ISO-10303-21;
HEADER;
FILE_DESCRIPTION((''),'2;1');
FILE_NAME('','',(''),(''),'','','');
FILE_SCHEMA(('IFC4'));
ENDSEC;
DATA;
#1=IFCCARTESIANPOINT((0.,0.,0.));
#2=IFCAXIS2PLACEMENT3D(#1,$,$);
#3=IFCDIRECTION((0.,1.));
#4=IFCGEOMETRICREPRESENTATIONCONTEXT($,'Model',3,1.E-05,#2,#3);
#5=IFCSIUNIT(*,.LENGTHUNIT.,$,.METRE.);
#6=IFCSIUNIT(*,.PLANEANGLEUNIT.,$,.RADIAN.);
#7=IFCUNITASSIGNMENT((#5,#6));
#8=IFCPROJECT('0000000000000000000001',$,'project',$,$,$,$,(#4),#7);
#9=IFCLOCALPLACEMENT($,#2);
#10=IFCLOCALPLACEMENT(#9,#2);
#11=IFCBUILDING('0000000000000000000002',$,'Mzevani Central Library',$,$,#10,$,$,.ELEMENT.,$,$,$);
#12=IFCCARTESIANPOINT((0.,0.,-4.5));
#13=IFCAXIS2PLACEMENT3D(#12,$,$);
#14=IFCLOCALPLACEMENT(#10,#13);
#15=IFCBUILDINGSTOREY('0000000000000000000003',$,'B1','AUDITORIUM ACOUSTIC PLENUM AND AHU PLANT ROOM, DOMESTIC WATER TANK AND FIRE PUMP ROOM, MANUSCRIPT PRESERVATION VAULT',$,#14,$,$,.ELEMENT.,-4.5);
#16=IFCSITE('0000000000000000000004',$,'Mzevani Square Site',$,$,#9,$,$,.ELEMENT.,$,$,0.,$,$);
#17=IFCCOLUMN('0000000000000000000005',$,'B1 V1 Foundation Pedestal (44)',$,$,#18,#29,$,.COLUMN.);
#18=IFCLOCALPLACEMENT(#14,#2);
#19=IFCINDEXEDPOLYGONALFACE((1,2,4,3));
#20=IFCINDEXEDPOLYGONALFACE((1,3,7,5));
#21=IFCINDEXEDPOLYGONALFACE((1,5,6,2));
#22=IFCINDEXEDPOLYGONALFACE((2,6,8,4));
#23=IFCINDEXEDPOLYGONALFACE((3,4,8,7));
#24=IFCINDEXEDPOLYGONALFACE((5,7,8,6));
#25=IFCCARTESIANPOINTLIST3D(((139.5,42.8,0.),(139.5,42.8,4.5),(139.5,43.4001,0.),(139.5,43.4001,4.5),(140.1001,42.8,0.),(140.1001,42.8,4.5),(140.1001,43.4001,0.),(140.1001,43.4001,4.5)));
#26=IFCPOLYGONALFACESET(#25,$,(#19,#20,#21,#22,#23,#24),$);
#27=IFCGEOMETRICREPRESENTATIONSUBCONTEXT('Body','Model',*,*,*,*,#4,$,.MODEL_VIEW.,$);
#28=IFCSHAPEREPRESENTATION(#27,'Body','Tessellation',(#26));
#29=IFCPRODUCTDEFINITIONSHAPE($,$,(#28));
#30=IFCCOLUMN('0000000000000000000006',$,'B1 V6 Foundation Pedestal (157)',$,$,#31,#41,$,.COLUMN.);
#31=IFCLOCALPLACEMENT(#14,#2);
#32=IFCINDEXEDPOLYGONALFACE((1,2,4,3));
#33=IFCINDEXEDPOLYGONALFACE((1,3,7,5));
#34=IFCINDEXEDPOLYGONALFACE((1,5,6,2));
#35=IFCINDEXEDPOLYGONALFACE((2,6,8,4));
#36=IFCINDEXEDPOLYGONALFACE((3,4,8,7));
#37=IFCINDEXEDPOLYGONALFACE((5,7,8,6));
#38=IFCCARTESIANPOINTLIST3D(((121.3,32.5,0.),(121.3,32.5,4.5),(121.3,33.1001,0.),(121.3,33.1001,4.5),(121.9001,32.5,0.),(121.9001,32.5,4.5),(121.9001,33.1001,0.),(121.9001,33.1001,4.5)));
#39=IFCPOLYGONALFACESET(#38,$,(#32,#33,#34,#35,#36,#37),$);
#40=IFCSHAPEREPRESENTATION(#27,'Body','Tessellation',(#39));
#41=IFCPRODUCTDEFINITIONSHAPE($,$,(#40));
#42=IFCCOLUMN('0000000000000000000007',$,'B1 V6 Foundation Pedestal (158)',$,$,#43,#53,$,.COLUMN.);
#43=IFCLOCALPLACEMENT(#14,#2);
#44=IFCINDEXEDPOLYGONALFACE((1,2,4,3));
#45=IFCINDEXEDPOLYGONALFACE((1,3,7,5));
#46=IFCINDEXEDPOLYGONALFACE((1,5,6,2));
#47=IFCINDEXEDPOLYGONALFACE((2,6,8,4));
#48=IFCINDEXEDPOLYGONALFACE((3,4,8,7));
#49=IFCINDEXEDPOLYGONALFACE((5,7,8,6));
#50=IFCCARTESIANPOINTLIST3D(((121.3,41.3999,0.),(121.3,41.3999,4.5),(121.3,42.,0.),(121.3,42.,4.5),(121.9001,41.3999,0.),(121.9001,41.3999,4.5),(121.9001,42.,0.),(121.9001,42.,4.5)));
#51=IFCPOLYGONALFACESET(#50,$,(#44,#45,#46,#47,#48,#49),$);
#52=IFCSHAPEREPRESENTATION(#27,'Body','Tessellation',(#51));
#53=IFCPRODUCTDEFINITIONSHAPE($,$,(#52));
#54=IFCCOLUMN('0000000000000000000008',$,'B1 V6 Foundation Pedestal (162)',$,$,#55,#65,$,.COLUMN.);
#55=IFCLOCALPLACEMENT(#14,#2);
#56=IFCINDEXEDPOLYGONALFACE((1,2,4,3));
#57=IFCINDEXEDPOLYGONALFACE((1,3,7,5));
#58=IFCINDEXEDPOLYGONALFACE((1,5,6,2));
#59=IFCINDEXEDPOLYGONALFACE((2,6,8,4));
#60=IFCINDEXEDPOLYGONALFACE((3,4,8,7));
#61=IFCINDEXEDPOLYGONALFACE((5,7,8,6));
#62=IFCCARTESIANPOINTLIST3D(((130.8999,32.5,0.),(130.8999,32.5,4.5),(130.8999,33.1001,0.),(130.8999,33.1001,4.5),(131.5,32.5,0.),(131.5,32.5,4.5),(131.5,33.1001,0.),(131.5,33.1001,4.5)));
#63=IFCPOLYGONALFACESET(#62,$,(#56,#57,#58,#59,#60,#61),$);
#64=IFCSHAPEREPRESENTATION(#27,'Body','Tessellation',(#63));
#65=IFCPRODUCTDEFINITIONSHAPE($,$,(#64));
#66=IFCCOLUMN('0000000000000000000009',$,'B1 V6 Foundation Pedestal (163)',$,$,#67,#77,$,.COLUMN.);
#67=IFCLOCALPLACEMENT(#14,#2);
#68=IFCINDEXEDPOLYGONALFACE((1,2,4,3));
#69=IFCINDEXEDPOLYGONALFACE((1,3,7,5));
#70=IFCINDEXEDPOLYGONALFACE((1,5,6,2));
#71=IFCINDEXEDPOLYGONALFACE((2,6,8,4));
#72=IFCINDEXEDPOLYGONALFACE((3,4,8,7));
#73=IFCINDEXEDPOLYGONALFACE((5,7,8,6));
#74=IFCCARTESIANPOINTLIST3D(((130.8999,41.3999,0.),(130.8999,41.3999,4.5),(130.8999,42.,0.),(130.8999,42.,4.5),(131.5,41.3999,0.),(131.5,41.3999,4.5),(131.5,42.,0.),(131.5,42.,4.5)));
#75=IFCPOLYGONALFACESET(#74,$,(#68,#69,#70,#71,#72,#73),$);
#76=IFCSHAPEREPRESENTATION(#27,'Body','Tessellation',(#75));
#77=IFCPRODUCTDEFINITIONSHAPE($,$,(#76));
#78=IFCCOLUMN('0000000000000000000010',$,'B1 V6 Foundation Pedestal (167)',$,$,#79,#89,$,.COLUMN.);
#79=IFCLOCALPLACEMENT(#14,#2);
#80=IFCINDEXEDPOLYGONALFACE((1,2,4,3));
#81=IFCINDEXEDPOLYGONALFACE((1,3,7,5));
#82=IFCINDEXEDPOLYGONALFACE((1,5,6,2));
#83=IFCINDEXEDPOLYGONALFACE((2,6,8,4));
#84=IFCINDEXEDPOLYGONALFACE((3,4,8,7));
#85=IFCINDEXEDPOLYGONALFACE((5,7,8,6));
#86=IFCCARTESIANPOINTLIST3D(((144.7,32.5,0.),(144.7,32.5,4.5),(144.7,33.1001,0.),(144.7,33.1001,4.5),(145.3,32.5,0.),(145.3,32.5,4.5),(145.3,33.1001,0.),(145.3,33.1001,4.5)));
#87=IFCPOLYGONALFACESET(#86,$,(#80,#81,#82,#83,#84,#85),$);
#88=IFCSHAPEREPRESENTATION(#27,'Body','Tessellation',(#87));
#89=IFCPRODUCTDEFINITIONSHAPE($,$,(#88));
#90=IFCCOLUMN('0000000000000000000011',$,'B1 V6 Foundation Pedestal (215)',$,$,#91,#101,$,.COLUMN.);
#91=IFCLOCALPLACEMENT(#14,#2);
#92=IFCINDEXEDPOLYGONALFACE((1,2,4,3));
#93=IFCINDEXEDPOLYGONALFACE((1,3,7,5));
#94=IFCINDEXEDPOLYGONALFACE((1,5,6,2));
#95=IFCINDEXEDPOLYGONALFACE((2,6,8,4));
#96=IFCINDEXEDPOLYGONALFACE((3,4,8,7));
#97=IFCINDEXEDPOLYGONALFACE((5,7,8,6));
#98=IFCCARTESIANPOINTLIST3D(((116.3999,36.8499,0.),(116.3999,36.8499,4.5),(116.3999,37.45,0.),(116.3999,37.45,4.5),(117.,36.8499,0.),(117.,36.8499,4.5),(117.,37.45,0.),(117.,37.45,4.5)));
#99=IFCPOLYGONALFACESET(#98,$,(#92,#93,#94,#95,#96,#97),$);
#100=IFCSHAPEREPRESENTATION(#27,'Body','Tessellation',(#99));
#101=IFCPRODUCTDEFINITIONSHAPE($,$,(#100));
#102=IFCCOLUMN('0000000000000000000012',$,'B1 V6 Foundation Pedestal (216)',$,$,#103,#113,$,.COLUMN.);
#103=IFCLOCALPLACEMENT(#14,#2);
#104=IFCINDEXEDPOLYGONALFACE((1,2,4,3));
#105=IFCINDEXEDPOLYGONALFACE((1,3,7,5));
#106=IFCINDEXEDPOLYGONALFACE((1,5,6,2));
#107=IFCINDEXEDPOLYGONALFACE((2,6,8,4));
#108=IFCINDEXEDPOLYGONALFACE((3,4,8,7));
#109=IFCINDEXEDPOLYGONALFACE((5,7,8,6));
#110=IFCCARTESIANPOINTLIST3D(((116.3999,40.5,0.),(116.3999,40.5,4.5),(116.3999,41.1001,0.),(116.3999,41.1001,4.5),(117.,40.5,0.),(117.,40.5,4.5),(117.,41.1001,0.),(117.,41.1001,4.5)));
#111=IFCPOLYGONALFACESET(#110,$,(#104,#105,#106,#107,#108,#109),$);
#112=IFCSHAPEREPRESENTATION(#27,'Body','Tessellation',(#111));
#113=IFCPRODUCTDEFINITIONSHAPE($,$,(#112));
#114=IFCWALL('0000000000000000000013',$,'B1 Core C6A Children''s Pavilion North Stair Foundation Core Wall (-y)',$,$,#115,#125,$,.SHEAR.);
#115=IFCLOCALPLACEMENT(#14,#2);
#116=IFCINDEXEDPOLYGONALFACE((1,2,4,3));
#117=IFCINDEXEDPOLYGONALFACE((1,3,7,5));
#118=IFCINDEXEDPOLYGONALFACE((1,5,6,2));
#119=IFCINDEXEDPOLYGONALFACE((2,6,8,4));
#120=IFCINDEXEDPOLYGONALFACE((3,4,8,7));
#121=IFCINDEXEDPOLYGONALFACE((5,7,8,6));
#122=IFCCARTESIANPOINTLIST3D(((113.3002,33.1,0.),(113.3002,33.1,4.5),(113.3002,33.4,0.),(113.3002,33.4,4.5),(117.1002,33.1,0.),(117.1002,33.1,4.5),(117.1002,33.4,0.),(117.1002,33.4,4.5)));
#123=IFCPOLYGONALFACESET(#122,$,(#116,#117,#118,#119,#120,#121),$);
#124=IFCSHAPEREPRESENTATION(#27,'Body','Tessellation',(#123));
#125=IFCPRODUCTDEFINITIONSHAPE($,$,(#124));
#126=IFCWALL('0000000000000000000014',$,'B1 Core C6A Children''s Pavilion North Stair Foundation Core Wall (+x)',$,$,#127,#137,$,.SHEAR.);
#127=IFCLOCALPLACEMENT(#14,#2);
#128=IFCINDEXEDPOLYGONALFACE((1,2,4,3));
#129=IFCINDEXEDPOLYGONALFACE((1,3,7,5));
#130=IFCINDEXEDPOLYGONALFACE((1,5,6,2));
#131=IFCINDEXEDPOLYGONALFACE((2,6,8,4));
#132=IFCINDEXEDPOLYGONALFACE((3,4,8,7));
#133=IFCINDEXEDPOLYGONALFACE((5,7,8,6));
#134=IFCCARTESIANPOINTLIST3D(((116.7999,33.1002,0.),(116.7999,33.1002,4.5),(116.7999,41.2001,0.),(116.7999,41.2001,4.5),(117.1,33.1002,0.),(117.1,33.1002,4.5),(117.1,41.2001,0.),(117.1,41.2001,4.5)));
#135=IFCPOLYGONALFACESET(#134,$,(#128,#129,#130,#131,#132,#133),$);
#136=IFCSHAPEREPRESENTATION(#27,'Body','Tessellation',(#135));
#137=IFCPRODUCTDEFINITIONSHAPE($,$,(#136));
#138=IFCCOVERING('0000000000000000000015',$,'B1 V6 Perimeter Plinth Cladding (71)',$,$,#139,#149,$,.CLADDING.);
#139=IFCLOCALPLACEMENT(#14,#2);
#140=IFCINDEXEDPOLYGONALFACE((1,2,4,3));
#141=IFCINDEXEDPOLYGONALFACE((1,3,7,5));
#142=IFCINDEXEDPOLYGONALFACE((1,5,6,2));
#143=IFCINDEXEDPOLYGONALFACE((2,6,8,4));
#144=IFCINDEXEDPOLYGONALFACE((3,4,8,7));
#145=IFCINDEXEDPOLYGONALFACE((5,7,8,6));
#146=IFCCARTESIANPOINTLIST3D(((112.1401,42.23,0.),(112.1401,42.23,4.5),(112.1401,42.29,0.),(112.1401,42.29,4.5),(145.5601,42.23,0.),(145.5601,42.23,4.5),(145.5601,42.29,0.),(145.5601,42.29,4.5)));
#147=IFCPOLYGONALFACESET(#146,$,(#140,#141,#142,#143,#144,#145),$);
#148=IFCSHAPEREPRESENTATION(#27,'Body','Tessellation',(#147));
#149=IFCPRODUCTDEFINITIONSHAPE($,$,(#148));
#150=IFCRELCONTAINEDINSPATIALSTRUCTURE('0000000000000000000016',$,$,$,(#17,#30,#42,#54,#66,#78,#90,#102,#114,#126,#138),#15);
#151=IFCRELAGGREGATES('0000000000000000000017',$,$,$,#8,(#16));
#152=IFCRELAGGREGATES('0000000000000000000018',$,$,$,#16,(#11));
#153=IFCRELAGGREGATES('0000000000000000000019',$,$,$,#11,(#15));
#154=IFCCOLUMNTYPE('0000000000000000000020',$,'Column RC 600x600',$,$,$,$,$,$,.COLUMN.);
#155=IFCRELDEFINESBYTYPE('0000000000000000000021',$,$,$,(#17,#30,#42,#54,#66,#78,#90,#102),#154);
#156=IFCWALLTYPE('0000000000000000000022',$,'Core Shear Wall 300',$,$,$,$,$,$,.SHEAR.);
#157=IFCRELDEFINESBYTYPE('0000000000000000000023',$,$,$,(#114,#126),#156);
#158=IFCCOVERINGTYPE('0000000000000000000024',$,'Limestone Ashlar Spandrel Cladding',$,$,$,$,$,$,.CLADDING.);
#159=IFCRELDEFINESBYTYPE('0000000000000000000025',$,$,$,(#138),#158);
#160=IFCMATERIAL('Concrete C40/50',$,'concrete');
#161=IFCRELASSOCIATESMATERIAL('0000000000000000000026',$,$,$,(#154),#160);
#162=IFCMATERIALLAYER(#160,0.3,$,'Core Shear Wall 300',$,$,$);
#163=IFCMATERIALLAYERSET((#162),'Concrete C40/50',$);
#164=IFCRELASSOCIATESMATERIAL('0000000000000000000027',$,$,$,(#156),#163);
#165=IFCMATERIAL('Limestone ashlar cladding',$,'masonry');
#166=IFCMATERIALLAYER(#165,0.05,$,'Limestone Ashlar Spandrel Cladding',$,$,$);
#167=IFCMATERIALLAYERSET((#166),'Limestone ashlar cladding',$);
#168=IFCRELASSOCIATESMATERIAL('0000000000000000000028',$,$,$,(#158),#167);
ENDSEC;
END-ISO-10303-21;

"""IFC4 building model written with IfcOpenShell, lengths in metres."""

from ifc_helpers import new_model, si_unit, direction, frame, frame_2d, origin, origin_2d, place, context, subcontext, project, spatial, rectangle, extrude, material, layer, layer_set, material_profile, profile_set, type_object, element, save


model = new_model("IFC4")

# Units and contexts
model_context = context("Model", 3, precision=1e-05, world=origin(), true_north=direction((0.0, 1.0)))
body_context = subcontext(model_context, "Body", "Model", "MODEL_VIEW")
ifc_project = project(units=[si_unit("LENGTHUNIT", "METRE"), si_unit("PLANEANGLEUNIT", "RADIAN")], contexts=[model_context])

# Site, building, storey
site_placement = place(None, origin())
site = spatial("IfcSite", under=ifc_project, at=site_placement, Name="Mzevani Square Site", CompositionType="ELEMENT", RefElevation=0.0)
building_placement = place(site_placement, origin())
building = spatial("IfcBuilding", under=site, at=building_placement, Name="Mzevani Central Library", CompositionType="ELEMENT")
storey_placement = place(building_placement, frame((0.0, 0.0, -4.5)))
storey = spatial("IfcBuildingStorey", under=building, at=storey_placement, Name="B1", Description="AUDITORIUM ACOUSTIC PLENUM AND AHU PLANT ROOM, DOMESTIC WATER TANK AND FIRE PUMP ROOM, MANUSCRIPT PRESERVATION VAULT", CompositionType="ELEMENT", Elevation=-4.5)

# Shared definitions
ifc_material_1 = material(Name="Concrete C40/50", Category="concrete")

# Columns
ifc_material_profile_1 = material_profile(ifc_material_1, rectangle(XDim=0.6001, YDim=0.6001, at=origin_2d()), Name="RC 600x600")
ifc_profile_set_1 = profile_set([ifc_material_profile_1], Name="Concrete C40/50")
column_type_1 = type_object("IfcColumnType", Name="Column RC 600x600", PredefinedType="COLUMN", material=ifc_profile_set_1)
for number, where, z_axis, x_axis, name in (
    (1, (139.8, 43.1001, 0.0), (0.0, 0.0, 1.0), (1.0, 0.0, 0.0), "B1 V1 Foundation Pedestal (44)"),
    (2, (121.6001, 32.8, 0.0), (0.0, 0.0, 1.0), (1.0, 0.0, 0.0), "B1 V6 Foundation Pedestal (157)"),
    (3, (121.6001, 41.7, 0.0), (0.0, 0.0, 1.0), (1.0, 0.0, 0.0), "B1 V6 Foundation Pedestal (158)"),
    (4, (131.2, 32.8, 0.0), (0.0, 0.0, 1.0), (1.0, 0.0, 0.0), "B1 V6 Foundation Pedestal (162)"),
    (5, (131.2, 41.7, 0.0), (0.0, 0.0, 1.0), (1.0, 0.0, 0.0), "B1 V6 Foundation Pedestal (163)"),
    (6, (145.0, 32.8, 0.0), (0.0, 0.0, 1.0), (1.0, 0.0, 0.0), "B1 V6 Foundation Pedestal (167)"),
    (7, (116.7, 37.1499, 0.0), (0.0, 0.0, 1.0), (1.0, 0.0, 0.0), "B1 V6 Foundation Pedestal (215)"),
    (8, (116.7, 40.8, 0.0), (0.0, 0.0, 1.0), (1.0, 0.0, 0.0), "B1 V6 Foundation Pedestal (216)"),
):
    element("IfcColumn", number, at=place(storey_placement, frame(where, z_axis=z_axis, x_axis=x_axis)), inside=storey, type_object=column_type_1, Name=name, PredefinedType="COLUMN", context=body_context, shape_type="SweptSolid", body=[
        extrude(rectangle(XDim=0.6001, YDim=0.6001, at=origin_2d()), origin(), (0.0, 0.0, 1.0), 4.5),
    ])

# Walls
ifc_layer_1 = layer(ifc_material_1, 0.3, Name="Core Shear Wall 300")
ifc_layer_set_1 = layer_set([ifc_layer_1], Name="Concrete C40/50")
wall_type = type_object("IfcWallType", Name="Core Shear Wall 300", PredefinedType="SHEAR", material=ifc_layer_set_1)
wall_1_placement = place(storey_placement, frame((117.1001, 33.25, 0.0), z_axis=(0.0, 0.0, 1.0), x_axis=(-1.0, 0.0, 0.0)))
element("IfcWall", 9, at=wall_1_placement, inside=storey, type_object=wall_type, Name="B1 Core C6A Children's Pavilion North Stair Foundation Core Wall (-y)", PredefinedType="SHEAR", context=body_context, shape_type="SweptSolid", body=[
    extrude(rectangle(XDim=3.8, YDim=0.3, at=frame_2d((1.8999, 0.0))), origin(), (0.0, 0.0, 1.0), 4.5),
])
wall_2_placement = place(storey_placement, frame((116.95, 41.2, 0.0), z_axis=(0.0, 0.0, 1.0), x_axis=(0.0, -1.0, 0.0)))
element("IfcWall", 10, at=wall_2_placement, inside=storey, type_object=wall_type, Name="B1 Core C6A Children's Pavilion North Stair Foundation Core Wall (+x)", PredefinedType="SHEAR", context=body_context, shape_type="SweptSolid", body=[
    extrude(rectangle(XDim=8.0999, YDim=0.3, at=frame_2d((4.0498, 0.0))), origin(), (0.0, 0.0, 1.0), 4.5),
])

# Covering
ifc_material_2 = material(Name="Limestone ashlar cladding", Category="masonry")
ifc_layer_2 = layer(ifc_material_2, 0.05, Name="Limestone Ashlar Spandrel Cladding")
ifc_layer_set_2 = layer_set([ifc_layer_2], Name="Limestone ashlar cladding")
covering_type = type_object("IfcCoveringType", Name="Limestone Ashlar Spandrel Cladding", PredefinedType="CLADDING", material=ifc_layer_set_2)
covering_placement = place(storey_placement, frame((128.8501, 42.26, 0.0), z_axis=(0.0, 0.0, 1.0), x_axis=(1.0, 0.0, 0.0)))
element("IfcCovering", 11, at=covering_placement, inside=storey, type_object=covering_type, Name="B1 V6 Perimeter Plinth Cladding (71)", PredefinedType="CLADDING", context=body_context, shape_type="SweptSolid", body=[
    extrude(rectangle(XDim=33.4199, YDim=0.0601, at=origin_2d()), origin(), (0.0, 0.0, 1.0), 4.5),
])

save(model, "model.ifc")
